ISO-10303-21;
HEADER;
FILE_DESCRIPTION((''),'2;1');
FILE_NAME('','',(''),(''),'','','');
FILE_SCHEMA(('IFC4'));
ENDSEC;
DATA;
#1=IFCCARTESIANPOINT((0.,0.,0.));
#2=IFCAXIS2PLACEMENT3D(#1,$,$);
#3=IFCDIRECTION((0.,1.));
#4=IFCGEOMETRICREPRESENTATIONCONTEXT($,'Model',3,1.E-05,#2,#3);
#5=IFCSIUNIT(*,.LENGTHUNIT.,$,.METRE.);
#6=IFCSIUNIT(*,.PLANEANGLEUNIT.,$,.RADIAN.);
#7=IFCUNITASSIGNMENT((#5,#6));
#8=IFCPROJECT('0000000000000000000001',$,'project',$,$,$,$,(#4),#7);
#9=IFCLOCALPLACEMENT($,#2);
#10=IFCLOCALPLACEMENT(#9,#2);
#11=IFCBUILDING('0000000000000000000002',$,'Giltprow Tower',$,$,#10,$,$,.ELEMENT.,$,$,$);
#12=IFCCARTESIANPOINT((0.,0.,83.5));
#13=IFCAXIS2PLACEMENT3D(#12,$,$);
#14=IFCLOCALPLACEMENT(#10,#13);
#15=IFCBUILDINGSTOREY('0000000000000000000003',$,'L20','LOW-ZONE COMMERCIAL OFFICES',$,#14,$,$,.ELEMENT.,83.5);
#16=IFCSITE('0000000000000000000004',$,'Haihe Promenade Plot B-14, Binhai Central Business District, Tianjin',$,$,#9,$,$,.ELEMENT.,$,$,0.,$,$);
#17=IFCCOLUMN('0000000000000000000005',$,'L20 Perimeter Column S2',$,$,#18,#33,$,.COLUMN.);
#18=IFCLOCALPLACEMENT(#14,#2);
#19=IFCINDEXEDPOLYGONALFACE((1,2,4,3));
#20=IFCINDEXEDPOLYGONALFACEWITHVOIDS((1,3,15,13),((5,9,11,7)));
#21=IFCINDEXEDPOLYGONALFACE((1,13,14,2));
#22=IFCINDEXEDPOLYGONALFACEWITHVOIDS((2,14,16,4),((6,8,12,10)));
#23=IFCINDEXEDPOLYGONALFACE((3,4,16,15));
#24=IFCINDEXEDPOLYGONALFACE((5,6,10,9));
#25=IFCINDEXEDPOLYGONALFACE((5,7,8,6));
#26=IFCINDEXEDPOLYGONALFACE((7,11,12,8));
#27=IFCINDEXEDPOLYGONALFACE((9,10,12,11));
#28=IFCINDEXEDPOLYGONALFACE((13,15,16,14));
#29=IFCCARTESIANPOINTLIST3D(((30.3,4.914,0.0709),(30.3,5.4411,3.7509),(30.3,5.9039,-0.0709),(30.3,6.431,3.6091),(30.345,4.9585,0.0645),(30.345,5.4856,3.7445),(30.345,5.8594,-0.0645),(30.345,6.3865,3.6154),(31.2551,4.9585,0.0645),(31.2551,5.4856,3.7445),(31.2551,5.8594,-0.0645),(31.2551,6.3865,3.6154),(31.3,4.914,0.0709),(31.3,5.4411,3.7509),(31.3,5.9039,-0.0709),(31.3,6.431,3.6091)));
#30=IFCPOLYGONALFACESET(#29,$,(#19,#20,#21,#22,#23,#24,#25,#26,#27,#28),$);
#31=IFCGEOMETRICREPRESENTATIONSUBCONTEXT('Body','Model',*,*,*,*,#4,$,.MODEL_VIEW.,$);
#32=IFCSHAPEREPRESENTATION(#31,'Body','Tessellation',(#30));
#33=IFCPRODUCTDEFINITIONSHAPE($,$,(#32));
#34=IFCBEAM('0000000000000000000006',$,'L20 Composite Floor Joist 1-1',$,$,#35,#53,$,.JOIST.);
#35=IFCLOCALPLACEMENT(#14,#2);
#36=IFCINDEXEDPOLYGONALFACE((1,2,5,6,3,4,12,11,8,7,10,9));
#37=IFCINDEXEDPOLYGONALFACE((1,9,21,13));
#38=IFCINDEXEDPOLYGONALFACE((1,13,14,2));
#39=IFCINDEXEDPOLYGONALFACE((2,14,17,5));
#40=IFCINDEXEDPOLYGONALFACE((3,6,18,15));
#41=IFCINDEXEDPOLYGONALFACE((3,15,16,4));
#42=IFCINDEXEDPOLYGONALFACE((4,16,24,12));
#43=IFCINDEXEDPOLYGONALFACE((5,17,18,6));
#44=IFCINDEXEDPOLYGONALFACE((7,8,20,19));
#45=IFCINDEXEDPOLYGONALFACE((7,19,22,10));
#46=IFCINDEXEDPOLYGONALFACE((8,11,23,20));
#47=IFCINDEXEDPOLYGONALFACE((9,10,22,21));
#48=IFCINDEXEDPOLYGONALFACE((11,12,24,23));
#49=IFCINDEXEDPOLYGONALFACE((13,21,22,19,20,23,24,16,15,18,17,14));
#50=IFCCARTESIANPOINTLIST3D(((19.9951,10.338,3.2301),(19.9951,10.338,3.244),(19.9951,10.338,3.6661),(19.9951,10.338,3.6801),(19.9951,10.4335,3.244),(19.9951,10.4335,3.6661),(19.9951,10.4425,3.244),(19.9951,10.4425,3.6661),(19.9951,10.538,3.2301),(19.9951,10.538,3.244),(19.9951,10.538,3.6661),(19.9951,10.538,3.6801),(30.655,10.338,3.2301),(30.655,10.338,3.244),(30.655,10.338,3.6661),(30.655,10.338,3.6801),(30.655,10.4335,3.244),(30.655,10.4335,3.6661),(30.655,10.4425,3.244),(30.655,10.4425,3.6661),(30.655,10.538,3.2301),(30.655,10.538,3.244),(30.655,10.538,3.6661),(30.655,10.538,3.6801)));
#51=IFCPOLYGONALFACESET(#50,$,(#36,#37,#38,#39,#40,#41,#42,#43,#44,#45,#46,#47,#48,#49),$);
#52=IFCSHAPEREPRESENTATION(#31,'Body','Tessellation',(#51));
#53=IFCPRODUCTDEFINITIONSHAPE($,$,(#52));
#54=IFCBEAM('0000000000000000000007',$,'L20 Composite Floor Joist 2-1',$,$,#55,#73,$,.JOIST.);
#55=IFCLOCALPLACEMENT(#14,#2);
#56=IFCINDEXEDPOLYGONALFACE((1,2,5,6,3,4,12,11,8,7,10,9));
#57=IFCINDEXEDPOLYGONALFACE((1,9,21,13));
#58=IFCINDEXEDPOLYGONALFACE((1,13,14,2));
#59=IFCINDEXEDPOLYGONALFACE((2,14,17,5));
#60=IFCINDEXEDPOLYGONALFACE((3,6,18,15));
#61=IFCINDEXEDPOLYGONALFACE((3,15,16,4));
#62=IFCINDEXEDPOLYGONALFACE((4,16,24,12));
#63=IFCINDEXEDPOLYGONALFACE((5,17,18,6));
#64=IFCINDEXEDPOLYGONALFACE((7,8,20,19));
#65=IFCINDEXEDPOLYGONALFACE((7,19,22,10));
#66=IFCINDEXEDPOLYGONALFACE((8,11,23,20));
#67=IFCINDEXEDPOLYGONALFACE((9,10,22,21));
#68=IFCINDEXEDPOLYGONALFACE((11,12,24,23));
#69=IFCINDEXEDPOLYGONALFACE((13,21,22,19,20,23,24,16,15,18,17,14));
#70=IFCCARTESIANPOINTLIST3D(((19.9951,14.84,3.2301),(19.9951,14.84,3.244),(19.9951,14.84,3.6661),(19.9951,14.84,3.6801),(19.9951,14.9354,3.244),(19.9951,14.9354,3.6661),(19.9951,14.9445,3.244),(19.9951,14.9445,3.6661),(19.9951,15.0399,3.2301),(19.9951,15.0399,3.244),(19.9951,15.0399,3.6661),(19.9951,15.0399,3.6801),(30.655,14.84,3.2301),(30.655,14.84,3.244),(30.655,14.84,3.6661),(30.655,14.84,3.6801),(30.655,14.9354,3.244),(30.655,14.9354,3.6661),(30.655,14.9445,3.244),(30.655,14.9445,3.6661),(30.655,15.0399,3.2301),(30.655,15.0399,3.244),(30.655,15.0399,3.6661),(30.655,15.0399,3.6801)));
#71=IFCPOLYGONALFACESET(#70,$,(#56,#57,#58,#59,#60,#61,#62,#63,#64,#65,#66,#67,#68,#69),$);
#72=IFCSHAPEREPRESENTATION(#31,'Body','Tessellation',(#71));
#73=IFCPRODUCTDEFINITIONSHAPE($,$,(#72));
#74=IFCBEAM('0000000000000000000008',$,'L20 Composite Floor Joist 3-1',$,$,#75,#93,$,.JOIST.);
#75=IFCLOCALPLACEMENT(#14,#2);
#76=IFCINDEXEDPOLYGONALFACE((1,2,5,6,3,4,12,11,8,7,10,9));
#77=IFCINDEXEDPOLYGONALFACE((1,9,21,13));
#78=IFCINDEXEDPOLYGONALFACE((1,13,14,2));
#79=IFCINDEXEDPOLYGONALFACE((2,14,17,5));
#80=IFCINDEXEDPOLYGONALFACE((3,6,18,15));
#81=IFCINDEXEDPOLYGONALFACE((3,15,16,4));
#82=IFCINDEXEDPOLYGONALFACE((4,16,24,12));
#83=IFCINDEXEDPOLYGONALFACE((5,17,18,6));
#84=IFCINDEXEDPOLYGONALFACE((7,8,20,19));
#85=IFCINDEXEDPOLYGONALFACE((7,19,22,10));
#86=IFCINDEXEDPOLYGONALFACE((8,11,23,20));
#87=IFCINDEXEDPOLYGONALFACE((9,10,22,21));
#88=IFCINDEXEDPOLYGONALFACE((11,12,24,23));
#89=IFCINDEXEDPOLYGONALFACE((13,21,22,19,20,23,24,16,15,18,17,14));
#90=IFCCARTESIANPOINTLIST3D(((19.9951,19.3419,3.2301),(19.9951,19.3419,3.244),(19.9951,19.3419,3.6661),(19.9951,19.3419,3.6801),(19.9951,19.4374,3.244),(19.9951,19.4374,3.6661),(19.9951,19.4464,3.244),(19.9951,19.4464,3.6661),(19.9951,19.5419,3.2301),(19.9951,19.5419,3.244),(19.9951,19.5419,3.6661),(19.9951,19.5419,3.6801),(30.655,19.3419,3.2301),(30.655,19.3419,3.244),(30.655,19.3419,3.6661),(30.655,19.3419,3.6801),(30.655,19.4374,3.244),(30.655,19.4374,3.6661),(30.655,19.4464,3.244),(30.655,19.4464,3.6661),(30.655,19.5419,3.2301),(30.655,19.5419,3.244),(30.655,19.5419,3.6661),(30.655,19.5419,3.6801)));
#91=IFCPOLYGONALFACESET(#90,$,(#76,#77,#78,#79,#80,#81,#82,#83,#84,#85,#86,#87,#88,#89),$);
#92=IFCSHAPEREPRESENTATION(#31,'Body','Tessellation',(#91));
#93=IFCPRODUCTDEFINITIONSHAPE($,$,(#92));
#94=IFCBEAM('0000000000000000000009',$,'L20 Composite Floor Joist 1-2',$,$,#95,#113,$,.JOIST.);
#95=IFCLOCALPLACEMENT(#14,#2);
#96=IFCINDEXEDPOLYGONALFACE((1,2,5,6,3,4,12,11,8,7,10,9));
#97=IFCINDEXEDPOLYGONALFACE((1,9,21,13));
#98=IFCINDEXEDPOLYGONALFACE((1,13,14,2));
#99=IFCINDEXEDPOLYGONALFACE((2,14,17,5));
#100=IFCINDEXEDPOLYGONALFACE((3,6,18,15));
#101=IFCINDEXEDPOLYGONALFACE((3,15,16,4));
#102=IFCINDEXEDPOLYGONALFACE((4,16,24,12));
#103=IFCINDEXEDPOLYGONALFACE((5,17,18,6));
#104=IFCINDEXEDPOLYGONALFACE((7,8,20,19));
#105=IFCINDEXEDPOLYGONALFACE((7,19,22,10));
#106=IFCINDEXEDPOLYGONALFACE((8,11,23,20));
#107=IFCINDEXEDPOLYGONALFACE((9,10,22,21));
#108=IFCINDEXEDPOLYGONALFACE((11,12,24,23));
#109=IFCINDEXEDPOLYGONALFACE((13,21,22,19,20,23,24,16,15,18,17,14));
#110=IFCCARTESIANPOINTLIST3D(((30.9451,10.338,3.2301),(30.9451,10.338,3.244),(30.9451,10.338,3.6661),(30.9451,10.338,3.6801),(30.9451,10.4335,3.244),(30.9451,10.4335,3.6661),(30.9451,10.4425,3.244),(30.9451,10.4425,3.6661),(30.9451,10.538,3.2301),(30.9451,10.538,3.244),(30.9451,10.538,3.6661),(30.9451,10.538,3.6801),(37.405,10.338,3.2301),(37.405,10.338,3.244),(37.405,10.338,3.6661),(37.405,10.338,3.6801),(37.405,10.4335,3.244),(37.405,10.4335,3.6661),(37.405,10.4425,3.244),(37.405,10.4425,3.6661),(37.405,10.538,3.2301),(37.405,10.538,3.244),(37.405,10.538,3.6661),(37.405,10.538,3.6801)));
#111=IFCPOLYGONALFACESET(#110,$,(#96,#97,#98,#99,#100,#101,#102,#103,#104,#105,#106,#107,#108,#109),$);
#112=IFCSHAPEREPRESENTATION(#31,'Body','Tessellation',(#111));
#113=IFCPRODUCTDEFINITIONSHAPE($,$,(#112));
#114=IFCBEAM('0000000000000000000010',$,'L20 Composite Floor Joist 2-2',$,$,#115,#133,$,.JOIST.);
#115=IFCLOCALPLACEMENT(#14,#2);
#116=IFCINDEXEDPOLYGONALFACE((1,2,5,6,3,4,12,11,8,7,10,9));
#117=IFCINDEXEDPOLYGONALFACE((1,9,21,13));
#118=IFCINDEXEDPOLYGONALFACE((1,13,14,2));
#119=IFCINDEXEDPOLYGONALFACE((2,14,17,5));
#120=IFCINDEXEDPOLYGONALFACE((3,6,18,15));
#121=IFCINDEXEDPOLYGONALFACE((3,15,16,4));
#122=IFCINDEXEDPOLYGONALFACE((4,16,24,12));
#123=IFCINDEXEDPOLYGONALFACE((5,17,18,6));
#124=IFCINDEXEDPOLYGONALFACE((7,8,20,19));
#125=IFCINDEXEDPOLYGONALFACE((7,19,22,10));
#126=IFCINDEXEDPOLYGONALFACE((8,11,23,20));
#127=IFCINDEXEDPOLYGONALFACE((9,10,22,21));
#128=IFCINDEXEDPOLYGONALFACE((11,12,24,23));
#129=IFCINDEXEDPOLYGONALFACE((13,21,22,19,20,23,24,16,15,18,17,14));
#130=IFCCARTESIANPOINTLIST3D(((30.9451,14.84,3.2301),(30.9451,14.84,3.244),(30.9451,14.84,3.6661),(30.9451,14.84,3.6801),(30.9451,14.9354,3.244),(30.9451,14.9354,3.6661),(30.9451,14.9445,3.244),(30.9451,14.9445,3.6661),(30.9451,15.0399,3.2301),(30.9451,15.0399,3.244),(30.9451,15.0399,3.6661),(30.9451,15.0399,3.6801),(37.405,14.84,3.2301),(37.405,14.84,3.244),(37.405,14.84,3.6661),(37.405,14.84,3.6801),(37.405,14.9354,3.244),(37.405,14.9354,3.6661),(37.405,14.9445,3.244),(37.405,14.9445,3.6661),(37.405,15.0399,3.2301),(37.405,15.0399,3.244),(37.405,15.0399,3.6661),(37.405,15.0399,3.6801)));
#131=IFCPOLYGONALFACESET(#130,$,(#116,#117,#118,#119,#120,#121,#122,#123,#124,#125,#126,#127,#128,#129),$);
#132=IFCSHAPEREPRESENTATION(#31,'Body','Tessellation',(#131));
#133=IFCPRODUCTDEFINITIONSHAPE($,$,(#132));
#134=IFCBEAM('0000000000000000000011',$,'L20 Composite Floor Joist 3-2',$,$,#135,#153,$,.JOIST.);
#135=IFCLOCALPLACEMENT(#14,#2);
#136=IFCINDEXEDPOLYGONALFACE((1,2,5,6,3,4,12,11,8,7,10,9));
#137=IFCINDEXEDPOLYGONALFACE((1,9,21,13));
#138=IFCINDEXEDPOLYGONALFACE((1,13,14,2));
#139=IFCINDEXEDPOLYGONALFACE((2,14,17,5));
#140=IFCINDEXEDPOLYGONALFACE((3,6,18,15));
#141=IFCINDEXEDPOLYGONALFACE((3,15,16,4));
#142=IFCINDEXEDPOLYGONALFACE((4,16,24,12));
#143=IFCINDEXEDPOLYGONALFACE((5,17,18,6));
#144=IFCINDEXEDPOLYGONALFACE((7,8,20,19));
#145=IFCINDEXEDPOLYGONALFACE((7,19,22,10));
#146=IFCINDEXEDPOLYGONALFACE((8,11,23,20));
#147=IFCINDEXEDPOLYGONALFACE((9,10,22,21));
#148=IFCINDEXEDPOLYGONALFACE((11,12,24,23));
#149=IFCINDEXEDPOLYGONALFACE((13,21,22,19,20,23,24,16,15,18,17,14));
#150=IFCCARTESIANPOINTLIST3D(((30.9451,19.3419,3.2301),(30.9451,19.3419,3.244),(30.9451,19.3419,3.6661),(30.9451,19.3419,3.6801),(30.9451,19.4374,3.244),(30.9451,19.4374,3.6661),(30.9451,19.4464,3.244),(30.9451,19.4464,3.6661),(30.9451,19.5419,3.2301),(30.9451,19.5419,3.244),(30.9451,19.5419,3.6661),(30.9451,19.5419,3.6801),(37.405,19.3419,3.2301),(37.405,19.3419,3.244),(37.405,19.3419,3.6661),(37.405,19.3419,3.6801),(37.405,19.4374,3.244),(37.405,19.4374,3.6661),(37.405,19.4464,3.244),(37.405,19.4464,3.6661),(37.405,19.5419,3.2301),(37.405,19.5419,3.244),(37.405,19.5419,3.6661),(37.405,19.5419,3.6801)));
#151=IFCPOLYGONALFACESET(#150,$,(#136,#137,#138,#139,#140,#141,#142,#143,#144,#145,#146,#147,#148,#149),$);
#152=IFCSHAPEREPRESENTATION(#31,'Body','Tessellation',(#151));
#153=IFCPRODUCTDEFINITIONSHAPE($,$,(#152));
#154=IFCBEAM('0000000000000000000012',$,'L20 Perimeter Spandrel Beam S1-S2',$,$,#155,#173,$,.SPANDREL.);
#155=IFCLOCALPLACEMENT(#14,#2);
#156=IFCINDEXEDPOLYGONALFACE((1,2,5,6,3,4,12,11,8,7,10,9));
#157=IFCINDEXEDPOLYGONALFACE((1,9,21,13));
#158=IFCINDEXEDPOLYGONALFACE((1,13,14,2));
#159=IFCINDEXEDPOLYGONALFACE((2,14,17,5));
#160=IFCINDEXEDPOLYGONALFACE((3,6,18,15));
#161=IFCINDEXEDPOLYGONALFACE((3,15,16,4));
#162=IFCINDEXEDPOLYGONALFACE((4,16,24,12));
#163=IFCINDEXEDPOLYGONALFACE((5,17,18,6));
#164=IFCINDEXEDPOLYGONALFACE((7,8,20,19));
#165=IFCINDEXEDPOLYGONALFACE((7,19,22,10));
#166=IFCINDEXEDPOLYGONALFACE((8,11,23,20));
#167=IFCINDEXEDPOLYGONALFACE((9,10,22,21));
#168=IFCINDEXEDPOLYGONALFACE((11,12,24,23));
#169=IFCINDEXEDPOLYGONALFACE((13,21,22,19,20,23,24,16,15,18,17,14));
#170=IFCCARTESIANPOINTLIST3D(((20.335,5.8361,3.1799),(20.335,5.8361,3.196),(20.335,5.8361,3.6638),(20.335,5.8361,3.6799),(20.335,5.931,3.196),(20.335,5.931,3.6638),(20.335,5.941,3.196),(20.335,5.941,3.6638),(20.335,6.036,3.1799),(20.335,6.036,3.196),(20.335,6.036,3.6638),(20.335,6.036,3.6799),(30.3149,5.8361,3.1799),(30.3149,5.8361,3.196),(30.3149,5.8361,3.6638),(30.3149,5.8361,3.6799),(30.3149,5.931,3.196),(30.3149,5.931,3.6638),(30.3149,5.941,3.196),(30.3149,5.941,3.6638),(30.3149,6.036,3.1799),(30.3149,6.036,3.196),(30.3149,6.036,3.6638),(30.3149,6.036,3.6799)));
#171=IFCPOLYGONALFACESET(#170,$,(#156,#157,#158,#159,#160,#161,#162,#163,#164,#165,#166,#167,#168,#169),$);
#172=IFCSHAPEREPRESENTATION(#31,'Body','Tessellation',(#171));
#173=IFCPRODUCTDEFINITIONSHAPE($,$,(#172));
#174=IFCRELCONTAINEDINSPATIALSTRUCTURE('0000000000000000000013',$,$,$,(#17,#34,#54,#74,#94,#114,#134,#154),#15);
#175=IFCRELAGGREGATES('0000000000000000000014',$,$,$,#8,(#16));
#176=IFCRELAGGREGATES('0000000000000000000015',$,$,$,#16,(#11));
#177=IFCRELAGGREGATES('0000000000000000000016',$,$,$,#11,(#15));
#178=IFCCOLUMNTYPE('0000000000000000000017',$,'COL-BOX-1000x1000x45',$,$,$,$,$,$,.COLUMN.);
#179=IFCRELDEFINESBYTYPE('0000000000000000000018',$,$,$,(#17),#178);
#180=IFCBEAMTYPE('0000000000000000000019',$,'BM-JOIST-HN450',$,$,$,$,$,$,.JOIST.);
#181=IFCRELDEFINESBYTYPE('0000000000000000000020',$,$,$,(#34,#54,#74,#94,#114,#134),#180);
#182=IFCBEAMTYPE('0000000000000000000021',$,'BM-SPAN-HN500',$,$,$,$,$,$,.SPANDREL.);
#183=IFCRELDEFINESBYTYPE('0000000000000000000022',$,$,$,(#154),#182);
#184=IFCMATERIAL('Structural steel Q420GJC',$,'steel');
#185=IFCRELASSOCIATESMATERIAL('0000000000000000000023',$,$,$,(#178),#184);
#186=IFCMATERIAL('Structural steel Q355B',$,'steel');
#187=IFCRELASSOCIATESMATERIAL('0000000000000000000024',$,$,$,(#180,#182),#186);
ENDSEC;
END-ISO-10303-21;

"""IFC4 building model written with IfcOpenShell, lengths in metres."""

from ifc_helpers import new_model, si_unit, direction, frame, origin, origin_2d, place, context, subcontext, project, spatial, hollow_rectangle, i_section, extrude, source, transform, mapped, material, material_profile, profile_set, type_object, element, save


model = new_model("IFC4")

# Units and contexts
model_context = context("Model", 3, precision=1e-05, world=origin(), true_north=direction((0.0, 1.0)))
body_context = subcontext(model_context, "Body", "Model", "MODEL_VIEW")
ifc_project = project(units=[si_unit("LENGTHUNIT", "METRE"), si_unit("PLANEANGLEUNIT", "RADIAN")], contexts=[model_context])

# Site, building, storey
site_placement = place(None, origin())
site = spatial("IfcSite", under=ifc_project, at=site_placement, Name="Haihe Promenade Plot B-14, Binhai Central Business District, Tianjin", CompositionType="ELEMENT", RefElevation=0.0)
building_placement = place(site_placement, origin())
building = spatial("IfcBuilding", under=site, at=building_placement, Name="Giltprow Tower", CompositionType="ELEMENT")
storey_placement = place(building_placement, frame((0.0, 0.0, 83.5)))
storey = spatial("IfcBuildingStorey", under=building, at=storey_placement, Name="L20", Description="LOW-ZONE COMMERCIAL OFFICES", CompositionType="ELEMENT", Elevation=83.5)

# Column
ifc_material_1 = material(Name="Structural steel Q420GJC", Category="steel")
ifc_material_profile_1 = material_profile(ifc_material_1, hollow_rectangle(XDim=1.0, YDim=1.0, WallThickness=0.0449, at=origin_2d()), Name="BOX 1000x1000x45")
ifc_profile_set_1 = profile_set([ifc_material_profile_1], Name="Structural steel Q420GJC")
column_type = type_object("IfcColumnType", Name="COL-BOX-1000x1000x45", PredefinedType="COLUMN", material=ifc_profile_set_1)
shared_shape_1 = source(origin(), body_context, "Body", "SweptSolid", [
    extrude(hollow_rectangle(XDim=1.0, YDim=1.0, WallThickness=0.0449, at=origin_2d()), origin(), (0.0, 0.0, 1.0), 3.7175),
])
column_placement = place(storey_placement, frame((30.8, 5.4089, 0.0), z_axis=(0.0, 0.141789, 0.989897), x_axis=(-1.0, 0.0, 0.0)))
element("IfcColumn", 1, at=column_placement, inside=storey, type_object=column_type, Name="L20 Perimeter Column S2", PredefinedType="COLUMN", context=body_context, shape_type="MappedRepresentation", body=[
    mapped(shared_shape_1, transform((0.0, 0.0, 0.0), x_axis=(1.0, 0.0, 0.0), y_axis=(0.0, 1.0, 0.0), z_axis=(0.0, 0.0, 1.0), scale=1.0)),
])

# Beams
ifc_material_2 = material(Name="Structural steel Q355B", Category="steel")
ifc_material_profile_2 = material_profile(ifc_material_2, i_section(OverallWidth=0.2, OverallDepth=0.45, WebThickness=0.009, FlangeThickness=0.0139, at=origin_2d()), Name="HN 450x200x9x14")
ifc_profile_set_2 = profile_set([ifc_material_profile_2], Name="Structural steel Q355B")
beam_type_1 = type_object("IfcBeamType", Name="BM-JOIST-HN450", PredefinedType="JOIST", material=ifc_profile_set_2)
shared_shape_2 = source(origin(), body_context, "Body", "SweptSolid", [
    extrude(i_section(OverallWidth=0.2, OverallDepth=0.45, WebThickness=0.009, FlangeThickness=0.0139, at=origin_2d()), origin(), (0.0, 0.0, 1.0), 10.6599),
])
for number, where, z_axis, x_axis, name in (
    (2, (19.9951, 10.438, 3.4551), (1.0, 0.0, 0.0), (0.0, 1.0, 0.0), "L20 Composite Floor Joist 1-1"),
    (3, (19.9951, 14.9399, 3.4551), (1.0, 0.0, 0.0), (0.0, 1.0, 0.0), "L20 Composite Floor Joist 2-1"),
    (4, (19.9951, 19.4419, 3.4551), (1.0, 0.0, 0.0), (0.0, 1.0, 0.0), "L20 Composite Floor Joist 3-1"),
):
    element("IfcBeam", number, at=place(storey_placement, frame(where, z_axis=z_axis, x_axis=x_axis)), inside=storey, type_object=beam_type_1, Name=name, PredefinedType="JOIST", context=body_context, shape_type="MappedRepresentation", body=[
        mapped(shared_shape_2, transform((0.0, 0.0, 0.0), x_axis=(1.0, 0.0, 0.0), y_axis=(0.0, 1.0, 0.0), z_axis=(0.0, 0.0, 1.0), scale=1.0)),
    ])
shared_shape_3 = source(origin(), body_context, "Body", "SweptSolid", [
    extrude(i_section(OverallWidth=0.2, OverallDepth=0.45, WebThickness=0.009, FlangeThickness=0.0139, at=origin_2d()), origin(), (0.0, 0.0, 1.0), 6.46),
])
for number, where, z_axis, x_axis, name in (
    (5, (30.9451, 10.438, 3.4551), (1.0, 0.0, 0.0), (0.0, 1.0, 0.0), "L20 Composite Floor Joist 1-2"),
    (6, (30.9451, 14.9399, 3.4551), (1.0, 0.0, 0.0), (0.0, 1.0, 0.0), "L20 Composite Floor Joist 2-2"),
    (7, (30.9451, 19.4419, 3.4551), (1.0, 0.0, 0.0), (0.0, 1.0, 0.0), "L20 Composite Floor Joist 3-2"),
):
    element("IfcBeam", number, at=place(storey_placement, frame(where, z_axis=z_axis, x_axis=x_axis)), inside=storey, type_object=beam_type_1, Name=name, PredefinedType="JOIST", context=body_context, shape_type="MappedRepresentation", body=[
        mapped(shared_shape_3, transform((0.0, 0.0, 0.0), x_axis=(1.0, 0.0, 0.0), y_axis=(0.0, 1.0, 0.0), z_axis=(0.0, 0.0, 1.0), scale=1.0)),
    ])
ifc_material_profile_3 = material_profile(ifc_material_2, i_section(OverallWidth=0.2, OverallDepth=0.5, WebThickness=0.01, FlangeThickness=0.0161, at=origin_2d()), Name="HN 500x200x10x16")
ifc_profile_set_3 = profile_set([ifc_material_profile_3], Name="Structural steel Q355B")
beam_type_2 = type_object("IfcBeamType", Name="BM-SPAN-HN500", PredefinedType="SPANDREL", material=ifc_profile_set_3)
shared_shape_4 = source(origin(), body_context, "Body", "SweptSolid", [
    extrude(i_section(OverallWidth=0.2, OverallDepth=0.5, WebThickness=0.01, FlangeThickness=0.0161, at=origin_2d()), origin(), (0.0, 0.0, 1.0), 9.98),
])
beam_placement = place(storey_placement, frame((20.335, 5.936, 3.4299), z_axis=(1.0, 0.0, 0.0), x_axis=(0.0, 1.0, 0.0)))
element("IfcBeam", 8, at=beam_placement, inside=storey, type_object=beam_type_2, Name="L20 Perimeter Spandrel Beam S1-S2", PredefinedType="SPANDREL", context=body_context, shape_type="MappedRepresentation", body=[
    mapped(shared_shape_4, transform((0.0, 0.0, 0.0), x_axis=(1.0, 0.0, 0.0), y_axis=(0.0, 1.0, 0.0), z_axis=(0.0, 0.0, 1.0), scale=1.0)),
])

save(model, "model.ifc")
